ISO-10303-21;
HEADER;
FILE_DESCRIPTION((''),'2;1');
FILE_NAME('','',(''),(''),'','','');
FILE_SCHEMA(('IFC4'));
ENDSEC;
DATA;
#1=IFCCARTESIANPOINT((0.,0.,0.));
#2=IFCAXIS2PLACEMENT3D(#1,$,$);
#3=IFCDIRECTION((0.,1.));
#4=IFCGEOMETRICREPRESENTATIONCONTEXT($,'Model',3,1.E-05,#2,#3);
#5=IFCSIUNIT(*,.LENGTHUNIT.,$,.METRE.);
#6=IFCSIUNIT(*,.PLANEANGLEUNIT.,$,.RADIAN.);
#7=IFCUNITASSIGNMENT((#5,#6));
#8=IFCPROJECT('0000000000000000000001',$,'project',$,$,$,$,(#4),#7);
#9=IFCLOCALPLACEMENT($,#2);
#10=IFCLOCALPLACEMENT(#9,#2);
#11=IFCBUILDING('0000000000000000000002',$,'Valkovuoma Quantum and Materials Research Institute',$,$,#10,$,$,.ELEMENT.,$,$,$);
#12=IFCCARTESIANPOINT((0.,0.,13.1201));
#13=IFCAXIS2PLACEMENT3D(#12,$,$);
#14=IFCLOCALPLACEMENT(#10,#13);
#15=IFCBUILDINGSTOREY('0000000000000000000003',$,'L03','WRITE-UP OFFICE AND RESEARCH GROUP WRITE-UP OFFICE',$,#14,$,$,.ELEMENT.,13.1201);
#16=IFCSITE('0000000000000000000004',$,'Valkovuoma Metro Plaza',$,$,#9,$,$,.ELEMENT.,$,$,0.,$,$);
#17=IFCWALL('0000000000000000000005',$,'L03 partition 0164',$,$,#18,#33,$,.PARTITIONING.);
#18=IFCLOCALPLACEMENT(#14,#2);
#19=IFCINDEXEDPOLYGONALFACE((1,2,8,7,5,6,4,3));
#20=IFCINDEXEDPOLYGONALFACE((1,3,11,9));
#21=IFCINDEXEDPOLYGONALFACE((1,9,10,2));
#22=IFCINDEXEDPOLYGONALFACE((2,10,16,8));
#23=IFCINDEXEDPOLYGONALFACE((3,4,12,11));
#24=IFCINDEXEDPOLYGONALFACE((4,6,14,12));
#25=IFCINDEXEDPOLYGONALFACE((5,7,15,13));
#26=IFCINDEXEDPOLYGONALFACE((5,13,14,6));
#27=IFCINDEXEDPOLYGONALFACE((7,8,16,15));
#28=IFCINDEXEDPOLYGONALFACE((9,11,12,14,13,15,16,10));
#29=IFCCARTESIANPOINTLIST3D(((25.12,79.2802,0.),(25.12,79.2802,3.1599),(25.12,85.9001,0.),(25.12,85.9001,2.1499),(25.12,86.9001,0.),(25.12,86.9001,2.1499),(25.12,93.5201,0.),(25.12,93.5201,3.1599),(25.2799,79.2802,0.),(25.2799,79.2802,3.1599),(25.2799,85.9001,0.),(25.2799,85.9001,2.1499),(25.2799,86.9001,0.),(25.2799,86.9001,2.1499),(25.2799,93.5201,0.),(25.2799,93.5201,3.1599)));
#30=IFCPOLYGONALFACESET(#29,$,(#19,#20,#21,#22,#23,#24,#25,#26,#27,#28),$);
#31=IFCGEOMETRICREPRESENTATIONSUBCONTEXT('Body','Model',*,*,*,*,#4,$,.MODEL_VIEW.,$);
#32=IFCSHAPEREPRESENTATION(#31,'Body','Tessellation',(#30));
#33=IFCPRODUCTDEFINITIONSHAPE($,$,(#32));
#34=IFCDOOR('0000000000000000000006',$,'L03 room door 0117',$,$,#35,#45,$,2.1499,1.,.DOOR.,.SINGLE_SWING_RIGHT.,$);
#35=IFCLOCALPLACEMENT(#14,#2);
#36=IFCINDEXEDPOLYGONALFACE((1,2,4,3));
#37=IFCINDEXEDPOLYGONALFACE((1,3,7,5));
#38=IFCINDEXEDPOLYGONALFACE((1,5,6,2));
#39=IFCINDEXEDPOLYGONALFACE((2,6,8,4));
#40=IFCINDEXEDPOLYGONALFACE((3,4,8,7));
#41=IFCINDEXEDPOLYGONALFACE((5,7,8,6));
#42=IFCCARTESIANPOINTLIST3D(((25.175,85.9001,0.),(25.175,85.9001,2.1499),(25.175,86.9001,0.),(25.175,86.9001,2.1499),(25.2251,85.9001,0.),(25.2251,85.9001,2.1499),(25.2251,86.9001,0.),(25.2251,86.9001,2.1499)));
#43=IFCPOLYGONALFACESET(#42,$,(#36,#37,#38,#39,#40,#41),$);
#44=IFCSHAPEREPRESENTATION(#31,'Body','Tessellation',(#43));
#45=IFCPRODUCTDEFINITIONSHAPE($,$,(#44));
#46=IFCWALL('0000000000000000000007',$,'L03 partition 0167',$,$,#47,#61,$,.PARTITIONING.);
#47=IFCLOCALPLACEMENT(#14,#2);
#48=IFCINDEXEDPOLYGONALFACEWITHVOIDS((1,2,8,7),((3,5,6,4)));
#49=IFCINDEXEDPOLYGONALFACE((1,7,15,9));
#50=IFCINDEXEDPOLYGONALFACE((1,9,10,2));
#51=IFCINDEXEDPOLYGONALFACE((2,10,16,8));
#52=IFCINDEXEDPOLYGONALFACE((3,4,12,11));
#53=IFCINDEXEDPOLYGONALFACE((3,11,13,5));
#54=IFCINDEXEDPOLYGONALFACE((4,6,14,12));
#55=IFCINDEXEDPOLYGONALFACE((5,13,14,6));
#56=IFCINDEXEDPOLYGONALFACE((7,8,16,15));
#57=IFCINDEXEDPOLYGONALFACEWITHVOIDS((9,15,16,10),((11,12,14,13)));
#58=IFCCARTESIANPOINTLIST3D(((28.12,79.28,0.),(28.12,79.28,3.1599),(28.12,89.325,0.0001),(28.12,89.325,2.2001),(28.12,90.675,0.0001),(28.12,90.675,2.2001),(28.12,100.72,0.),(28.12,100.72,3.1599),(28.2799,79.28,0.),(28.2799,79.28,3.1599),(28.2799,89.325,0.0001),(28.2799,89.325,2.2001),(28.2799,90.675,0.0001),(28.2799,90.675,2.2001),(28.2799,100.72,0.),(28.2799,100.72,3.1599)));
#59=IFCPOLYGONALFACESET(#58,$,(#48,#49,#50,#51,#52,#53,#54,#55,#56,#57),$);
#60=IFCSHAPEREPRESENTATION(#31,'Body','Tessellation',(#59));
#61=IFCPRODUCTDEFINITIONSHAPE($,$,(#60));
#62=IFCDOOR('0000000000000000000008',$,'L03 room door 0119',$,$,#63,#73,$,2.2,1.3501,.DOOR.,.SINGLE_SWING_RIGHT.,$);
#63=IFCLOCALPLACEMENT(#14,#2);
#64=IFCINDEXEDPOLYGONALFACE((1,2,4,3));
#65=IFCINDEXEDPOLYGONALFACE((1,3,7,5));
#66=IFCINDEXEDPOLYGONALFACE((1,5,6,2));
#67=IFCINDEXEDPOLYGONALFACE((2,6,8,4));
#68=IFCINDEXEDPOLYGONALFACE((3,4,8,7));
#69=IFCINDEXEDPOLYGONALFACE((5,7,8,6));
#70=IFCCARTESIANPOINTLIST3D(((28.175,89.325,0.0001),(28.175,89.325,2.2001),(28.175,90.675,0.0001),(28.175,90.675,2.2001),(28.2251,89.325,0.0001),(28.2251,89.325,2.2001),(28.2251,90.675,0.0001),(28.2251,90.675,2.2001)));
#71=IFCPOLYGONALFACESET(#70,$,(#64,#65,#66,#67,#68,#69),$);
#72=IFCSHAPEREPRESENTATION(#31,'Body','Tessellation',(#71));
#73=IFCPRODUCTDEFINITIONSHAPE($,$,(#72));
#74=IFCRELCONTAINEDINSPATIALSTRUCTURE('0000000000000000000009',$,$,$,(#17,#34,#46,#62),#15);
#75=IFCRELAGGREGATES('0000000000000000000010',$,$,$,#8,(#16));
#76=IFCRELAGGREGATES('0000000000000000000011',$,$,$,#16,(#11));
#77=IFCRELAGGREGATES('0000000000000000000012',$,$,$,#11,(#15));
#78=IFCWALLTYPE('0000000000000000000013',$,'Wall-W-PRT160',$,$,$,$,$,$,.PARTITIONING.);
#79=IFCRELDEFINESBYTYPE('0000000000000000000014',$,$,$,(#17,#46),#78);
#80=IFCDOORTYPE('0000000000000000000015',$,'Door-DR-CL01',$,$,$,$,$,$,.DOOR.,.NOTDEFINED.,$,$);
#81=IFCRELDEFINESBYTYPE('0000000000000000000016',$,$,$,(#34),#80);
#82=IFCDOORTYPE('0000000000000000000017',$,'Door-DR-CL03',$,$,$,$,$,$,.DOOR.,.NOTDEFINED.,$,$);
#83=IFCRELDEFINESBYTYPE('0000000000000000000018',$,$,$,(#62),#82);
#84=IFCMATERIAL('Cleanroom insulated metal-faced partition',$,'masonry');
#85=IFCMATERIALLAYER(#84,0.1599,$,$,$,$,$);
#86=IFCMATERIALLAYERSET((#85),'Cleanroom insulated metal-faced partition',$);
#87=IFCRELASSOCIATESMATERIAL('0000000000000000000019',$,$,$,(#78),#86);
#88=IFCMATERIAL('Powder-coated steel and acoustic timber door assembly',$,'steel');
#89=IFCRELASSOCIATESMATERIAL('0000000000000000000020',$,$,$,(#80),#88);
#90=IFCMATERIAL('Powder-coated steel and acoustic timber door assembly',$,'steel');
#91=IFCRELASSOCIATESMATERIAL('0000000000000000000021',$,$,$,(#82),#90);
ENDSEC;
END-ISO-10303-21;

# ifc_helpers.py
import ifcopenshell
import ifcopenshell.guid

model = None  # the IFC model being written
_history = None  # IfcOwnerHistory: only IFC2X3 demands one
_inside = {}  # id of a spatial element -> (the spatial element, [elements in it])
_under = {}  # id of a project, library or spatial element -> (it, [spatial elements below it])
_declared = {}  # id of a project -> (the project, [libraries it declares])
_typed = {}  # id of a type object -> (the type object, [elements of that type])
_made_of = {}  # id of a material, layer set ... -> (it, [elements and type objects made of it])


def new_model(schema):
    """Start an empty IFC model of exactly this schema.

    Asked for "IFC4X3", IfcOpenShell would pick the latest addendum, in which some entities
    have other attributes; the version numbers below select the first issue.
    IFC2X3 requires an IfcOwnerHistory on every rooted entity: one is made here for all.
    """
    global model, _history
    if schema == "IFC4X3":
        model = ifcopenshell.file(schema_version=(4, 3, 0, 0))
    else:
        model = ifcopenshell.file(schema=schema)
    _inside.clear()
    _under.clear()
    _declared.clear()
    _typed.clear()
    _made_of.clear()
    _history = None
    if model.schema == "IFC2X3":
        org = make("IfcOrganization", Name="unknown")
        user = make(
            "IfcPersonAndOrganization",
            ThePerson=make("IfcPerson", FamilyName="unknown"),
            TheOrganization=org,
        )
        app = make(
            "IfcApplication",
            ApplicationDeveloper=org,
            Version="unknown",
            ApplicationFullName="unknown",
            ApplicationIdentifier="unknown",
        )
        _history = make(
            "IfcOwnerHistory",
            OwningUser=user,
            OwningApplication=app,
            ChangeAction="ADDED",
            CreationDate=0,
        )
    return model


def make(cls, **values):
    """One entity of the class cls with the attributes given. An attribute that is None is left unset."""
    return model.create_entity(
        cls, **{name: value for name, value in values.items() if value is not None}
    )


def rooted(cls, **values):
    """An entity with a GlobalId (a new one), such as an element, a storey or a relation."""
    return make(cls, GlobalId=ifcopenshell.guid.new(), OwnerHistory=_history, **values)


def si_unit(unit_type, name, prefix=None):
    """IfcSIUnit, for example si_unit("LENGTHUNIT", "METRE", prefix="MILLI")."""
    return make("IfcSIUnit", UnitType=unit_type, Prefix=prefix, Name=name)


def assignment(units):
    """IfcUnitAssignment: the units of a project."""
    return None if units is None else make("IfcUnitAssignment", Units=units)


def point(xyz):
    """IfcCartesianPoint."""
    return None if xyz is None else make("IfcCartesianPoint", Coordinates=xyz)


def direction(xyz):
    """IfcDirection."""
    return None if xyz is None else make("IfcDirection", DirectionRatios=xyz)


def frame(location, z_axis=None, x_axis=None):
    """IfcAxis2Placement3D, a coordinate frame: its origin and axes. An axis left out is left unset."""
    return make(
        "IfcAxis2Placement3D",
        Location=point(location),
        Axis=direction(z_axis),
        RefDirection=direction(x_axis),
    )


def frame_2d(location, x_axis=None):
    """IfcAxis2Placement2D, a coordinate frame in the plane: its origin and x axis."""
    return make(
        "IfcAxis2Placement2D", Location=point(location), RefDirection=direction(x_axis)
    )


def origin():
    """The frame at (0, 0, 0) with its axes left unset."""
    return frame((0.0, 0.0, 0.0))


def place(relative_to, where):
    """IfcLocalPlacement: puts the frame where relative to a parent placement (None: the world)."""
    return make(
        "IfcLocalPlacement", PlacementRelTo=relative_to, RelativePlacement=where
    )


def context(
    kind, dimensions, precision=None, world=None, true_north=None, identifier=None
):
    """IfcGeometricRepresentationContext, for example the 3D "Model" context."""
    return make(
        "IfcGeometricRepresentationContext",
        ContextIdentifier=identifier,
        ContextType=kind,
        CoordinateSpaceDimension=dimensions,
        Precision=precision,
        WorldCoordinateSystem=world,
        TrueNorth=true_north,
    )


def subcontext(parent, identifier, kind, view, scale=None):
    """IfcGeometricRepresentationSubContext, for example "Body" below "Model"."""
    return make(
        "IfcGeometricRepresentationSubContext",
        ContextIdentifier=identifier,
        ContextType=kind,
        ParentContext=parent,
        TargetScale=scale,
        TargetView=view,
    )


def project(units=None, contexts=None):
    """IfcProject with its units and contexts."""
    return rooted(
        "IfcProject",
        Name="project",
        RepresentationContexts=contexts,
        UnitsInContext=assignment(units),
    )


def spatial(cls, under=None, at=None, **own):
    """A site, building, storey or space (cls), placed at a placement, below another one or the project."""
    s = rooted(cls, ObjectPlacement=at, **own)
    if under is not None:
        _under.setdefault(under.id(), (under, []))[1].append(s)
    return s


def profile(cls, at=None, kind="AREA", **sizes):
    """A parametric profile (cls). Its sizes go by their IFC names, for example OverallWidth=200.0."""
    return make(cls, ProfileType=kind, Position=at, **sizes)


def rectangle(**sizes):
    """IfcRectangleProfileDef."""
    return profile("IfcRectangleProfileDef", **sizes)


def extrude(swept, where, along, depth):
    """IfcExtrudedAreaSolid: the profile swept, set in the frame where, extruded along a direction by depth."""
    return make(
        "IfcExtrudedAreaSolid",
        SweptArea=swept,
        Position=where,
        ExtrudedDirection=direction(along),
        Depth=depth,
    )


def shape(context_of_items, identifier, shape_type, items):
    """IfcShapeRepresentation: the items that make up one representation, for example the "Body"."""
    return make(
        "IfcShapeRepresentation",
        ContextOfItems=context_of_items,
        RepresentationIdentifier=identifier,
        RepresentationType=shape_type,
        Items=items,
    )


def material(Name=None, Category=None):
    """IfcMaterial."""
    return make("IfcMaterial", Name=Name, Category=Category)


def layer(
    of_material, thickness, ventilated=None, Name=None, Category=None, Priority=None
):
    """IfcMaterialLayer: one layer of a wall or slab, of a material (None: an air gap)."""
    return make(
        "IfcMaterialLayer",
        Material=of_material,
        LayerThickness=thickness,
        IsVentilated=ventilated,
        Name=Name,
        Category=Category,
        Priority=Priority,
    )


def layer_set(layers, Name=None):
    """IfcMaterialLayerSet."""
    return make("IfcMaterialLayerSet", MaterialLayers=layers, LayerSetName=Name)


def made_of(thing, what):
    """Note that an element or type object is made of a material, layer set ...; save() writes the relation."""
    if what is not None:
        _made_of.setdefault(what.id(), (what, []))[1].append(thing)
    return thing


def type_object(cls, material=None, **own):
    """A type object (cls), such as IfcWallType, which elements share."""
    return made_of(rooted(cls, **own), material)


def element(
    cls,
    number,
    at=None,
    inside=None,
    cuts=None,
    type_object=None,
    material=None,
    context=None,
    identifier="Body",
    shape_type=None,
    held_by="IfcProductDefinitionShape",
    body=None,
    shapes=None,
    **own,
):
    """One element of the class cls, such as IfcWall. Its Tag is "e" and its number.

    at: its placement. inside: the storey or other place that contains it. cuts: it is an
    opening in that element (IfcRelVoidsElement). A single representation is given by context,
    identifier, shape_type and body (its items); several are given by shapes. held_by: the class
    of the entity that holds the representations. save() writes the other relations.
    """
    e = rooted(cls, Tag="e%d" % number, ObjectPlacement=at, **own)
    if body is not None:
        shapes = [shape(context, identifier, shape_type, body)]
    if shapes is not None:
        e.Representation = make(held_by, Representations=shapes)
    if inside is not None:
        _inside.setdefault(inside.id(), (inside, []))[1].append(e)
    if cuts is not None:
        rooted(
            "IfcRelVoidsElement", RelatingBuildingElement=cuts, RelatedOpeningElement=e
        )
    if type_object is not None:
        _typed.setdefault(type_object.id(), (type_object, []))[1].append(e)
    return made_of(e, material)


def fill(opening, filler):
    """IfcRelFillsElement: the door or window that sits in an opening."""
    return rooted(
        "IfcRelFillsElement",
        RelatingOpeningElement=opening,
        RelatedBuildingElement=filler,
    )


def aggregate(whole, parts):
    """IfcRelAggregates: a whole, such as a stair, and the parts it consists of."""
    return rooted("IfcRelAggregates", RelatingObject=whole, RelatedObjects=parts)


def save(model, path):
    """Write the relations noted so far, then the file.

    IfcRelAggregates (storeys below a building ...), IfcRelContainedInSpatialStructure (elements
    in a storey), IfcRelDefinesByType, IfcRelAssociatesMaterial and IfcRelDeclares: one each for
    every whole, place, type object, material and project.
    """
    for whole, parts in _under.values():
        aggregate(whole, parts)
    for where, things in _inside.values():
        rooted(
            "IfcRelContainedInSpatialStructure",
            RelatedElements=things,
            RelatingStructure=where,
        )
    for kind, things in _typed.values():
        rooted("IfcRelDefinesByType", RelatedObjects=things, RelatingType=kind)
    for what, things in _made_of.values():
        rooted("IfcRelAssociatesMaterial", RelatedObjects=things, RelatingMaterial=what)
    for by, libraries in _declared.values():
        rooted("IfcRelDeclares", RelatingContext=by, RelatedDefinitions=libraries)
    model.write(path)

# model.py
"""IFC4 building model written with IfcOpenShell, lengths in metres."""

from ifc_helpers import new_model, si_unit, direction, frame, frame_2d, origin, place, context, subcontext, project, spatial, rectangle, extrude, material, layer, layer_set, type_object, element, fill, save


model = new_model("IFC4")

# Units and contexts
model_context = context("Model", 3, precision=1e-05, world=origin(), true_north=direction((0.0, 1.0)))
body_context = subcontext(model_context, "Body", "Model", "MODEL_VIEW")
ifc_project = project(units=[si_unit("LENGTHUNIT", "METRE"), si_unit("PLANEANGLEUNIT", "RADIAN")], contexts=[model_context])

# Site, building, storey
site_placement = place(None, origin())
site = spatial("IfcSite", under=ifc_project, at=site_placement, Name="Valkovuoma Metro Plaza", CompositionType="ELEMENT", RefElevation=0.0)
building_placement = place(site_placement, origin())
building = spatial("IfcBuilding", under=site, at=building_placement, Name="Valkovuoma Quantum and Materials Research Institute", CompositionType="ELEMENT")
storey_placement = place(building_placement, frame((0.0, 0.0, 13.1201)))
storey = spatial("IfcBuildingStorey", under=building, at=storey_placement, Name="L03", Description="WRITE-UP OFFICE AND RESEARCH GROUP WRITE-UP OFFICE", CompositionType="ELEMENT", Elevation=13.1201)

# Walls, openings, doors
ifc_material_1 = material(Name="Cleanroom insulated metal-faced partition", Category="masonry")
ifc_layer = layer(ifc_material_1, 0.1599)
ifc_layer_set = layer_set([ifc_layer], Name="Cleanroom insulated metal-faced partition")
wall_type = type_object("IfcWallType", Name="Wall-W-PRT160", PredefinedType="PARTITIONING", material=ifc_layer_set)
wall_1_placement = place(storey_placement, frame((25.2, 79.28, 0.0), z_axis=(0.0, 0.0, 1.0), x_axis=(0.0, 1.0, 0.0)))
wall_1 = element("IfcWall", 1, at=wall_1_placement, inside=storey, type_object=wall_type, Name="L03 partition 0164", PredefinedType="PARTITIONING", context=body_context, shape_type="SweptSolid", body=[
    extrude(rectangle(XDim=14.24, YDim=0.1599, at=frame_2d((7.1201, 0.0))), origin(), (0.0, 0.0, 1.0), 3.1599),
])
opening_1_placement = place(wall_1_placement, frame((6.6201, 0.0, 0.0)))
opening_1 = element("IfcOpeningElement", 2, at=opening_1_placement, cuts=wall_1, PredefinedType="OPENING", context=body_context, shape_type="SweptSolid", body=[
    extrude(rectangle(XDim=1.0, YDim=2.1499, at=frame_2d((0.5, 1.075))), frame((0.0, 0.0898, 0.0), z_axis=(0.0, -1.0, 0.0), x_axis=(1.0, 0.0, 0.0)), (0.0, 0.0, 1.0), 0.1799),
])
ifc_material_2 = material(Name="Powder-coated steel and acoustic timber door assembly", Category="steel")
door_type_1 = type_object("IfcDoorType", Name="Door-DR-CL01", OperationType="NOTDEFINED", PredefinedType="DOOR", material=ifc_material_2)
door_1_placement = place(opening_1_placement, origin())
door_1 = element("IfcDoor", 3, at=door_1_placement, inside=storey, type_object=door_type_1, Name="L03 room door 0117", OperationType="SINGLE_SWING_RIGHT", OverallHeight=2.1499, OverallWidth=1.0, PredefinedType="DOOR", context=body_context, shape_type="SweptSolid", body=[
    extrude(rectangle(XDim=1.0, YDim=2.1499, at=frame_2d((0.5, 1.075))), frame((0.0, 0.0249, 0.0), z_axis=(0.0, -1.0, 0.0), x_axis=(1.0, 0.0, 0.0)), (0.0, 0.0, 1.0), 0.05),
])
fill(opening_1, door_1)
wall_2_placement = place(storey_placement, frame((28.2, 79.28, 0.0), z_axis=(0.0, 0.0, 1.0), x_axis=(0.0, 1.0, 0.0)))
wall_2 = element("IfcWall", 4, at=wall_2_placement, inside=storey, type_object=wall_type, Name="L03 partition 0167", PredefinedType="PARTITIONING", context=body_context, shape_type="SweptSolid", body=[
    extrude(rectangle(XDim=21.4399, YDim=0.1599, at=frame_2d((10.72, 0.0))), origin(), (0.0, 0.0, 1.0), 3.1599),
])
opening_2_placement = place(wall_2_placement, frame((10.0449, 0.0, 0.0)))
opening_2 = element("IfcOpeningElement", 5, at=opening_2_placement, cuts=wall_2, PredefinedType="OPENING", context=body_context, shape_type="SweptSolid", body=[
    extrude(rectangle(XDim=1.3501, YDim=2.2, at=frame_2d((0.675, 1.1001))), frame((0.0, 0.0898, 0.0), z_axis=(0.0, -1.0, 0.0), x_axis=(1.0, 0.0, 0.0)), (0.0, 0.0, 1.0), 0.1799),
])
ifc_material_3 = material(Name="Powder-coated steel and acoustic timber door assembly", Category="steel")
door_type_2 = type_object("IfcDoorType", Name="Door-DR-CL03", OperationType="NOTDEFINED", PredefinedType="DOOR", material=ifc_material_3)
door_2_placement = place(opening_2_placement, origin())
door_2 = element("IfcDoor", 6, at=door_2_placement, inside=storey, type_object=door_type_2, Name="L03 room door 0119", OperationType="SINGLE_SWING_RIGHT", OverallHeight=2.2, OverallWidth=1.3501, PredefinedType="DOOR", context=body_context, shape_type="SweptSolid", body=[
    extrude(rectangle(XDim=1.3501, YDim=2.2, at=frame_2d((0.675, 1.1001))), frame((0.0, 0.0249, 0.0), z_axis=(0.0, -1.0, 0.0), x_axis=(1.0, 0.0, 0.0)), (0.0, 0.0, 1.0), 0.05),
])
fill(opening_2, door_2)

save(model, "model.ifc")
